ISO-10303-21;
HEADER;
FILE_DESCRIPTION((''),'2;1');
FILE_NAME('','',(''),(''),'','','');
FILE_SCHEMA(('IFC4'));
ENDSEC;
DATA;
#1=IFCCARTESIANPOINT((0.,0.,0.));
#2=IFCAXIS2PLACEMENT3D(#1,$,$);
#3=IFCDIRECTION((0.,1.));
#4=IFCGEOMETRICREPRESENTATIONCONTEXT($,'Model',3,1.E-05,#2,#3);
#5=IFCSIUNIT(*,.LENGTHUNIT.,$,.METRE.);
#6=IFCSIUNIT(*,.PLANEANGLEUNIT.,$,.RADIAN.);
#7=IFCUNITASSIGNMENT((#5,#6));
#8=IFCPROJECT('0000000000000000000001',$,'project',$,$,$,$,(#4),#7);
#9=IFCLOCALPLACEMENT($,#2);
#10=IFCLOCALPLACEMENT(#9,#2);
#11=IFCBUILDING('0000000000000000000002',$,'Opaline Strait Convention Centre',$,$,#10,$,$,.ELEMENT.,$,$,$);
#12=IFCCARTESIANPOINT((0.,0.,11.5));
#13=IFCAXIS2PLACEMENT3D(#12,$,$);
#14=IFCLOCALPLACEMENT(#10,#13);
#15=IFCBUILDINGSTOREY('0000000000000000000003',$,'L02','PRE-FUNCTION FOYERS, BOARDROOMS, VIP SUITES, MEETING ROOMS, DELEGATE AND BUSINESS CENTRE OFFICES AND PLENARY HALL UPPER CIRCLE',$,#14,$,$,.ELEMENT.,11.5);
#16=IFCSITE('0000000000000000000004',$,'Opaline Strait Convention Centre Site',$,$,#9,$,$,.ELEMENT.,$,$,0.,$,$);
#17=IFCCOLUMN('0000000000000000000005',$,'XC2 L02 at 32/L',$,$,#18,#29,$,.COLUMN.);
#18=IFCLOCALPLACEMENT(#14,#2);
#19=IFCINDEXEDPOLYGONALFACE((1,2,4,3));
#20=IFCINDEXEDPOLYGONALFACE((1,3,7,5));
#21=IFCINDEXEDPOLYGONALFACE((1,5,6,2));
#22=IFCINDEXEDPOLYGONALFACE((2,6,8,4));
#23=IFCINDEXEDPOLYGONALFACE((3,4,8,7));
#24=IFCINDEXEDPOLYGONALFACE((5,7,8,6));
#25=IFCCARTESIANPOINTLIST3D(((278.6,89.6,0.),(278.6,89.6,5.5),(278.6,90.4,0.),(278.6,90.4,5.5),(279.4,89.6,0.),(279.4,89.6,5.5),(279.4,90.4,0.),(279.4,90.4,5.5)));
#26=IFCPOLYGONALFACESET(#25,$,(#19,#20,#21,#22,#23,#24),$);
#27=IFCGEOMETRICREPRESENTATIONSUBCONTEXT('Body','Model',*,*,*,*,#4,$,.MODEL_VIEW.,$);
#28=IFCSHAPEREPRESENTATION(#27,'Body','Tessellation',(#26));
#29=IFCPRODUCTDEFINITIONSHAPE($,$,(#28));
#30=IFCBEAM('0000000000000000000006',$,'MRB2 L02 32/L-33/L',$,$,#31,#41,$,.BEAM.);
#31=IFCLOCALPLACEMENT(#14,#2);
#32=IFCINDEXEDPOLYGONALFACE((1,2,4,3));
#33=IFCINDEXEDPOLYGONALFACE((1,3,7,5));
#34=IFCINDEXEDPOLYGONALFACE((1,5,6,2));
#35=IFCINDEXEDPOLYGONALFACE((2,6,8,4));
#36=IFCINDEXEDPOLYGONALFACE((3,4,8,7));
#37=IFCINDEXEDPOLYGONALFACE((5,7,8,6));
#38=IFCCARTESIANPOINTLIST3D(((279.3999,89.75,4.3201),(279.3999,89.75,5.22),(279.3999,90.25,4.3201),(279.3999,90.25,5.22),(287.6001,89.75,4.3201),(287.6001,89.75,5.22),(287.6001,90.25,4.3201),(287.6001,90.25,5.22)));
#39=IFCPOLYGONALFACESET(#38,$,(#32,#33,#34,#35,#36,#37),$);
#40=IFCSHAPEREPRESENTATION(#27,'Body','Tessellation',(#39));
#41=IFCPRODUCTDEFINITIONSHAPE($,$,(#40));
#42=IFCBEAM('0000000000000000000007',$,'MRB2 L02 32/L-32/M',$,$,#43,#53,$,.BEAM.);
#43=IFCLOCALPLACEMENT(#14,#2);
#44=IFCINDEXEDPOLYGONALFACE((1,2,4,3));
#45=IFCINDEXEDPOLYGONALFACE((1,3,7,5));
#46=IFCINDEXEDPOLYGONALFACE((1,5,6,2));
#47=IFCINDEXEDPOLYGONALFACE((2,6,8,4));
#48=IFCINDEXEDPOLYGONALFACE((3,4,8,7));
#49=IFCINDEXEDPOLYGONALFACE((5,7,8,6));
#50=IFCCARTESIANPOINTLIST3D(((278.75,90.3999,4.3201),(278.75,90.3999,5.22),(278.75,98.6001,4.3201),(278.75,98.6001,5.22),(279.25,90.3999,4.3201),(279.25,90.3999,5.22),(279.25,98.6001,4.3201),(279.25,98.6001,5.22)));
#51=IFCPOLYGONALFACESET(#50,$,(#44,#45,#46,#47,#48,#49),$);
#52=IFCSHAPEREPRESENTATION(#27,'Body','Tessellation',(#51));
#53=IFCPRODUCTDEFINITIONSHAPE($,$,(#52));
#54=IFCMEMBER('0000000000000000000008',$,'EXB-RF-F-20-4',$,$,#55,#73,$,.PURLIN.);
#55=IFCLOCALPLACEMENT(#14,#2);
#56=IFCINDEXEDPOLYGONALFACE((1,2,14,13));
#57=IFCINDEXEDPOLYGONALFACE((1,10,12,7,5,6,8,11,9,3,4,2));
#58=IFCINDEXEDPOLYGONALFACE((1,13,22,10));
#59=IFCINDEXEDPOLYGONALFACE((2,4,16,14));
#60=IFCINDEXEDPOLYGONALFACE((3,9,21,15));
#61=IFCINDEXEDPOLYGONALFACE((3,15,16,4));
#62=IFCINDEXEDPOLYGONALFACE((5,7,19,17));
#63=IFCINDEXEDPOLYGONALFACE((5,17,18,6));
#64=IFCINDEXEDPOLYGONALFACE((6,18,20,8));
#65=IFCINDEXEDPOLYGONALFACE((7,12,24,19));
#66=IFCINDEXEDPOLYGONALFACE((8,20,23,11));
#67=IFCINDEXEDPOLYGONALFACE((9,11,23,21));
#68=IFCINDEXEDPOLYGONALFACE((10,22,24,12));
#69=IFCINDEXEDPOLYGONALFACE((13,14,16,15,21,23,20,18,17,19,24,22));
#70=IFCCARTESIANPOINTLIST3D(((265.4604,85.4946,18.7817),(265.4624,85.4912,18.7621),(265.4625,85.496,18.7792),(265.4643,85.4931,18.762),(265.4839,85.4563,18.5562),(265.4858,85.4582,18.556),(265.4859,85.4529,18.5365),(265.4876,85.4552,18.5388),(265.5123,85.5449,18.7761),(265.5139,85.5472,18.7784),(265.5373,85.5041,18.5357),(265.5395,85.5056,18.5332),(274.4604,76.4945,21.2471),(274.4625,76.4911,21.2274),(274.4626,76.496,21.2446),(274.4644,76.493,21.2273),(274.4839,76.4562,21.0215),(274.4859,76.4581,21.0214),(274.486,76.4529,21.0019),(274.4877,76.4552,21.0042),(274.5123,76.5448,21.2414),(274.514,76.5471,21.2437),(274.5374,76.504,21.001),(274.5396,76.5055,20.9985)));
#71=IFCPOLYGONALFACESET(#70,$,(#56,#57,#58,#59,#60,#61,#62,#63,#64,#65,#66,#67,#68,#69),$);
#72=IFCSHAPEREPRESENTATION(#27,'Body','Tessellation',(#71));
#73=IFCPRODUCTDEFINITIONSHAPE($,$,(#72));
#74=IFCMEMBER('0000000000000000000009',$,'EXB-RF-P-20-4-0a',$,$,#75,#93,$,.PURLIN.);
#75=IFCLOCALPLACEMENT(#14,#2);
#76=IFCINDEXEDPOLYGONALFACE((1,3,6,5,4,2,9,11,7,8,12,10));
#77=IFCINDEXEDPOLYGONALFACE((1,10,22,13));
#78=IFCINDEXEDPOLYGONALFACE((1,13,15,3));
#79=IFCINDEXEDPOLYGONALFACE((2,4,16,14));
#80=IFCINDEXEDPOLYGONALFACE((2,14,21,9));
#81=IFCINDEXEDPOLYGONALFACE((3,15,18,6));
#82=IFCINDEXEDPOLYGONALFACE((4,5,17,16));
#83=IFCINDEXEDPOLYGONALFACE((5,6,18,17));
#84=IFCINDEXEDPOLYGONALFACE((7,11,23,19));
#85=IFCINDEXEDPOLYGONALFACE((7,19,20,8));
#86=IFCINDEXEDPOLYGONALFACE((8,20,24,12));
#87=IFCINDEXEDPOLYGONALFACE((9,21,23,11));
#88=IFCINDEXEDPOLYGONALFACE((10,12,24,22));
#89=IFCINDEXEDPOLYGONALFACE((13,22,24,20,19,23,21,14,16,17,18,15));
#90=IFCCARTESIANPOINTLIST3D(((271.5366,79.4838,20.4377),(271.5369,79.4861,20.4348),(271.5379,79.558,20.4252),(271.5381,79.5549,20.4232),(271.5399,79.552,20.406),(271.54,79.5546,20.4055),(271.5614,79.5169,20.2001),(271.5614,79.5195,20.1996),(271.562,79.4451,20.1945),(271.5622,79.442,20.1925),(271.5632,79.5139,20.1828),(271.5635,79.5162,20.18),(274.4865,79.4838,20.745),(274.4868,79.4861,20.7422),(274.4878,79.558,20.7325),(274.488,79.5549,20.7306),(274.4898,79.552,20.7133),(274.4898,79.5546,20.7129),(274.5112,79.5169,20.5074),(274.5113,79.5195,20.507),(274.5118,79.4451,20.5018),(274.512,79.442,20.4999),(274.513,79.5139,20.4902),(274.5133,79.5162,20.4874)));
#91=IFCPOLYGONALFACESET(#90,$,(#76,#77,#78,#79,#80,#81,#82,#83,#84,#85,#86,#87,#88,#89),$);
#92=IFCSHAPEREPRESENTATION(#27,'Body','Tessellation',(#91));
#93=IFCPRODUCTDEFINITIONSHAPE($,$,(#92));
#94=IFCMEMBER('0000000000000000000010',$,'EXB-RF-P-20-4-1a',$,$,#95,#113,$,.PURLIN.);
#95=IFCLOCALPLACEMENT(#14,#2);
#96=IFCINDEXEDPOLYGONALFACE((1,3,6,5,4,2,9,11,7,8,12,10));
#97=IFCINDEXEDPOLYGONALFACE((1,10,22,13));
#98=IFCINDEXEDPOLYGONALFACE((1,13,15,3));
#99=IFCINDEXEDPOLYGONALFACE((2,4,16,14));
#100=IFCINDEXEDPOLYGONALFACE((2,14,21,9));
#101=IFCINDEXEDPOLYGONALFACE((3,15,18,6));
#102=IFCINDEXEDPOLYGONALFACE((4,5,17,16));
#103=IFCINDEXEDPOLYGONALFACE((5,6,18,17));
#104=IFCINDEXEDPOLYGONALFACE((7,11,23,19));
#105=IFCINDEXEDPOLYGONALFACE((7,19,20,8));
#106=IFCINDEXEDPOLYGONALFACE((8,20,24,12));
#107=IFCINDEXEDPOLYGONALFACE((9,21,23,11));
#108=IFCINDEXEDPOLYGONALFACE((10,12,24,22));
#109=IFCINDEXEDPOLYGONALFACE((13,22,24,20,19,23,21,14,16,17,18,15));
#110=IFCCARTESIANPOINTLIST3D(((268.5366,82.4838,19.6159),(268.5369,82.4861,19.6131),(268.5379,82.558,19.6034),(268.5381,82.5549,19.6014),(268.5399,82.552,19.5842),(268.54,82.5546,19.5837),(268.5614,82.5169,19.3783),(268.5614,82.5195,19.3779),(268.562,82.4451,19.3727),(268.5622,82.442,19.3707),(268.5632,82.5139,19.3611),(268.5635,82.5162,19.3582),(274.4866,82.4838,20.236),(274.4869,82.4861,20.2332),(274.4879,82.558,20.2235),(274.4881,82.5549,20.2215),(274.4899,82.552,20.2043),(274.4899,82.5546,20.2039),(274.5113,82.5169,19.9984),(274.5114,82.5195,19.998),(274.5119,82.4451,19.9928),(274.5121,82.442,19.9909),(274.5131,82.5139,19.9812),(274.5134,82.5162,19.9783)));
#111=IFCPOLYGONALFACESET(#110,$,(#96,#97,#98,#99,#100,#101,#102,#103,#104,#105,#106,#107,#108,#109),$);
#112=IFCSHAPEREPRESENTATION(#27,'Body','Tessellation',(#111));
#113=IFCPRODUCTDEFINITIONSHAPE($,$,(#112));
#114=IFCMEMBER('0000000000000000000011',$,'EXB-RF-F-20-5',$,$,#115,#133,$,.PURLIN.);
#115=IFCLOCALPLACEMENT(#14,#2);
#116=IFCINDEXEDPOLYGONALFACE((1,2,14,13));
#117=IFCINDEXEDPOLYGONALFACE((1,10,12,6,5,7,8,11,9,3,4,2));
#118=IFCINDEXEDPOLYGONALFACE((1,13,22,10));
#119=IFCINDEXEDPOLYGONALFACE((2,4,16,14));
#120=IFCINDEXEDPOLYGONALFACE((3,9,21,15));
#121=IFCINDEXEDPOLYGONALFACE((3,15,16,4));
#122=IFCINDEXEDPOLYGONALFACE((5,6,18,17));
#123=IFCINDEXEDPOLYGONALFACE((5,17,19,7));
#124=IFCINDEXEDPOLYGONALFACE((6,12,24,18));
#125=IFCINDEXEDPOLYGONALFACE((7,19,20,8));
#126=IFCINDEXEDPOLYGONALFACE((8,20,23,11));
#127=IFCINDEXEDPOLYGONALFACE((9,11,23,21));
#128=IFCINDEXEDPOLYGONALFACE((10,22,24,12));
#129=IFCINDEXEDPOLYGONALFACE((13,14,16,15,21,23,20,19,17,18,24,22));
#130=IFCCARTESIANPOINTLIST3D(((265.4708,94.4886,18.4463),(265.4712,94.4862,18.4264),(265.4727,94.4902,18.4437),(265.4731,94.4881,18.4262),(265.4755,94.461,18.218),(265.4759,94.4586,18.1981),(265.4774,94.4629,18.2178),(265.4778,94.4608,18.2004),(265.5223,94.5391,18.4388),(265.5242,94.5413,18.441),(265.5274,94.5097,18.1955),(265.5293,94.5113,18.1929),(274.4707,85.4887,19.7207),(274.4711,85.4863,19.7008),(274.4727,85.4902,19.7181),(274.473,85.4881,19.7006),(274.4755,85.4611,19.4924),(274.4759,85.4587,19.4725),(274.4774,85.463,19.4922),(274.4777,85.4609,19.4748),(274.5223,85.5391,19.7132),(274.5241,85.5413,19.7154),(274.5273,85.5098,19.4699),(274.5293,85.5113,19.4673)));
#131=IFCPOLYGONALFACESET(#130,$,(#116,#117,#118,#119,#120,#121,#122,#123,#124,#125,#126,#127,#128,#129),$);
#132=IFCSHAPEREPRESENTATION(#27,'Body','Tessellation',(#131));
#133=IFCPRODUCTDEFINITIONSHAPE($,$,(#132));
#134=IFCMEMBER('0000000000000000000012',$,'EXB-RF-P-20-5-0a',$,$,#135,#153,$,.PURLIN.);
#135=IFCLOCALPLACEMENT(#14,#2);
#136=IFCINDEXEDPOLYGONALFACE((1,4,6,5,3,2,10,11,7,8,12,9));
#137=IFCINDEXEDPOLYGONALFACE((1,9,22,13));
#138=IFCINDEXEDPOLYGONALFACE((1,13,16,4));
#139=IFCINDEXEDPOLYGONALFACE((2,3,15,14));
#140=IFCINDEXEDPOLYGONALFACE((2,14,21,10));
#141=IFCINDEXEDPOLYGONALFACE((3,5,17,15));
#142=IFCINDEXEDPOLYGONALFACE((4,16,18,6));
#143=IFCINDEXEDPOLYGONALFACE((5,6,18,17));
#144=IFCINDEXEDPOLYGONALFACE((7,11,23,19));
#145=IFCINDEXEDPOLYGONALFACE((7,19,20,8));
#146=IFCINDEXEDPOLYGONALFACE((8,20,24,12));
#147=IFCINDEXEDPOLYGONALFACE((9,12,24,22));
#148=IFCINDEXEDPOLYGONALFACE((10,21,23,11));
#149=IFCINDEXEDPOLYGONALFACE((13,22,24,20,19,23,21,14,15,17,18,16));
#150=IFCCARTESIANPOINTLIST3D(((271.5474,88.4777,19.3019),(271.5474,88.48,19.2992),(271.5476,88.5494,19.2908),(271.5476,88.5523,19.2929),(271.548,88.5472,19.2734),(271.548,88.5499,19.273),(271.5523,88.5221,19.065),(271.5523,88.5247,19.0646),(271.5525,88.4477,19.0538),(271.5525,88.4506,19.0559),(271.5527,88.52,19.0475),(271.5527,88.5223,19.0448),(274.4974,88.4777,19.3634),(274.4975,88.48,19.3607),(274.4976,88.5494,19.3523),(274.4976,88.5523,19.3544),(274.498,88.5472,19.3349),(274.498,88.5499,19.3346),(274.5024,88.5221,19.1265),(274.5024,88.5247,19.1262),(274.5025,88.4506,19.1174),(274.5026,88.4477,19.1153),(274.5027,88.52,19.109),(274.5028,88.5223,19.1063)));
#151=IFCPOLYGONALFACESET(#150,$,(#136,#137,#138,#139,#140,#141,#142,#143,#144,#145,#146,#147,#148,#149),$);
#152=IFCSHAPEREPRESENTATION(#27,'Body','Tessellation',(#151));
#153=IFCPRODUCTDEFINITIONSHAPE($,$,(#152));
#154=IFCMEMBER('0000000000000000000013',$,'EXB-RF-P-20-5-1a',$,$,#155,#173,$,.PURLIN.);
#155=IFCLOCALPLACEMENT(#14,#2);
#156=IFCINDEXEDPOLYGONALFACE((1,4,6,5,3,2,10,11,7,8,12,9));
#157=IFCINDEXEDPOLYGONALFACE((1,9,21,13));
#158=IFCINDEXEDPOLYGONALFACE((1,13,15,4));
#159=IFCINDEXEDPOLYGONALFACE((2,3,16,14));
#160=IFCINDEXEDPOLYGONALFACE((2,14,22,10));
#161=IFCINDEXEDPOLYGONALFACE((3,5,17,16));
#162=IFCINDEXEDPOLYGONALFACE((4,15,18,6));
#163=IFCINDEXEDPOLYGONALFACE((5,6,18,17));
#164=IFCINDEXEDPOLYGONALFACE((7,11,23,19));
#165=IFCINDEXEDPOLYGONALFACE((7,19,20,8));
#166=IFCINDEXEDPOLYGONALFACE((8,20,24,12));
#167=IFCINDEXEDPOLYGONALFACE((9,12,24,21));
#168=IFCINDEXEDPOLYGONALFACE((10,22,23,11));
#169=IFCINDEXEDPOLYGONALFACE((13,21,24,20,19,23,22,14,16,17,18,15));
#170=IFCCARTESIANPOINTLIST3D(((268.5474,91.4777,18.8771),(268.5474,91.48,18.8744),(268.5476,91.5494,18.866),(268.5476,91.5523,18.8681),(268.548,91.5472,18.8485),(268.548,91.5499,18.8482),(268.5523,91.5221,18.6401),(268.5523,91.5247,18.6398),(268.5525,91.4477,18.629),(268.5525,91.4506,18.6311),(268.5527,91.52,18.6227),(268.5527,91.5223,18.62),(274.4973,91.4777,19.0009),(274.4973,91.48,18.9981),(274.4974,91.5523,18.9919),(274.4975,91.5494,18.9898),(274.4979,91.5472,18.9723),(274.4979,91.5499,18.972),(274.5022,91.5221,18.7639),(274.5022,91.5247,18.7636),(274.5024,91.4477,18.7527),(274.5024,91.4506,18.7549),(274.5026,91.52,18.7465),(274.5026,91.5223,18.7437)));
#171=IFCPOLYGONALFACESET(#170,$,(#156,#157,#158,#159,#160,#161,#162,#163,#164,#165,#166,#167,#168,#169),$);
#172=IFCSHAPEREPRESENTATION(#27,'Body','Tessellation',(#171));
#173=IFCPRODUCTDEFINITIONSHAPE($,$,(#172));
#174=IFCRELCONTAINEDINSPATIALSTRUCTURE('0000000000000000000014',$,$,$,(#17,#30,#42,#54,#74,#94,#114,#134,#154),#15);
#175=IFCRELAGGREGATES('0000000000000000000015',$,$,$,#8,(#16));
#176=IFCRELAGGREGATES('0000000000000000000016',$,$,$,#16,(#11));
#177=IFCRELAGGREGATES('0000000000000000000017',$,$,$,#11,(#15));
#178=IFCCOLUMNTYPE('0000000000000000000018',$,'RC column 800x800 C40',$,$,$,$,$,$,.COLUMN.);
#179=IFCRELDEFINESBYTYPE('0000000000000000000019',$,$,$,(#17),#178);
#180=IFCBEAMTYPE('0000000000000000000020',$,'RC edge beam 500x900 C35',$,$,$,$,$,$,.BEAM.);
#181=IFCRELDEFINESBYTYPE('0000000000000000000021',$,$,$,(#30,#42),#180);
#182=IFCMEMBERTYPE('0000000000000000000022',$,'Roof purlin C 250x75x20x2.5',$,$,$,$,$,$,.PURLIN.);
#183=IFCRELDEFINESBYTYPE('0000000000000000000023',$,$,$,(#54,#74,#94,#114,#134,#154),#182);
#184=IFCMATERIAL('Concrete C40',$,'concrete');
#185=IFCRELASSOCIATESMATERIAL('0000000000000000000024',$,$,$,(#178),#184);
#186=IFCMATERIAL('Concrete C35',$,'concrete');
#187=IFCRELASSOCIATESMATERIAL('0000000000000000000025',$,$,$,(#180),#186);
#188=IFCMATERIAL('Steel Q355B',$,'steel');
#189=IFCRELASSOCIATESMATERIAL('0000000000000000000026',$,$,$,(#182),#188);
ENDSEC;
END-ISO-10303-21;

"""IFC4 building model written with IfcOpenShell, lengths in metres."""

from ifc_helpers import new_model, si_unit, direction, frame, origin, origin_2d, place, context, subcontext, project, spatial, polyline, rectangle, outline, extrude, material, material_profile, profile_set, type_object, element, save


model = new_model("IFC4")

# Units and contexts
model_context = context("Model", 3, precision=1e-05, world=origin(), true_north=direction((0.0, 1.0)))
body_context = subcontext(model_context, "Body", "Model", "MODEL_VIEW")
ifc_project = project(units=[si_unit("LENGTHUNIT", "METRE"), si_unit("PLANEANGLEUNIT", "RADIAN")], contexts=[model_context])

# Site, building, storey
site_placement = place(None, origin())
site = spatial("IfcSite", under=ifc_project, at=site_placement, Name="Opaline Strait Convention Centre Site", CompositionType="ELEMENT", RefElevation=0.0)
building_placement = place(site_placement, origin())
building = spatial("IfcBuilding", under=site, at=building_placement, Name="Opaline Strait Convention Centre", CompositionType="ELEMENT")
storey_placement = place(building_placement, frame((0.0, 0.0, 11.5)))
storey = spatial("IfcBuildingStorey", under=building, at=storey_placement, Name="L02", Description="PRE-FUNCTION FOYERS, BOARDROOMS, VIP SUITES, MEETING ROOMS, DELEGATE AND BUSINESS CENTRE OFFICES AND PLENARY HALL UPPER CIRCLE", CompositionType="ELEMENT", Elevation=11.5)

# Column
ifc_material_1 = material(Name="Concrete C40", Category="concrete")
ifc_material_profile_1 = material_profile(ifc_material_1, rectangle(XDim=0.8, YDim=0.8, at=origin_2d()), Name="RC 800x800")
ifc_profile_set_1 = profile_set([ifc_material_profile_1], Name="Concrete C40")
column_type = type_object("IfcColumnType", Name="RC column 800x800 C40", PredefinedType="COLUMN", material=ifc_profile_set_1)
column_placement = place(storey_placement, frame((279.0, 90.0, 0.0), z_axis=(0.0, 0.0, 1.0), x_axis=(1.0, 0.0, 0.0)))
element("IfcColumn", 1, at=column_placement, inside=storey, type_object=column_type, Name="XC2 L02 at 32/L", PredefinedType="COLUMN", context=body_context, shape_type="SweptSolid", body=[
    extrude(rectangle(XDim=0.8, YDim=0.8, at=origin_2d()), origin(), (0.0, 0.0, 1.0), 5.5),
])

# Beams
ifc_material_2 = material(Name="Concrete C35", Category="concrete")
ifc_material_profile_2 = material_profile(ifc_material_2, rectangle(XDim=0.5, YDim=0.8999, at=origin_2d()), Name="RC 500x900")
ifc_profile_set_2 = profile_set([ifc_material_profile_2], Name="Concrete C35")
beam_type = type_object("IfcBeamType", Name="RC edge beam 500x900 C35", PredefinedType="BEAM", material=ifc_profile_set_2)
for number, where, z_axis, x_axis, name in (
    (2, (279.3999, 90.0, 4.77), (1.0, 0.0, 0.0), (0.0, 1.0, 0.0), "MRB2 L02 32/L-33/L"),
    (3, (279.0, 90.3999, 4.77), (0.0, 1.0, 0.0), (-1.0, 0.0, 0.0), "MRB2 L02 32/L-32/M"),
):
    element("IfcBeam", number, at=place(storey_placement, frame(where, z_axis=z_axis, x_axis=x_axis)), inside=storey, type_object=beam_type, Name=name, PredefinedType="BEAM", context=body_context, shape_type="SweptSolid", body=[
        extrude(rectangle(XDim=0.5, YDim=0.8999, at=origin_2d()), origin(), (0.0, 0.0, 1.0), 8.2002),
    ])

# Members
ifc_material_3 = material(Name="Steel Q355B", Category="steel")
ifc_material_profile_3 = material_profile(ifc_material_3, outline(polyline([(-0.0376, -0.125), (0.0376, -0.125), (0.0376, -0.105), (0.0349, -0.105), (0.0349, -0.1226), (-0.0349, -0.1226), (-0.0349, 0.1226), (0.0349, 0.1226), (0.0349, 0.105), (0.0376, 0.105), (0.0376, 0.125), (-0.0376, 0.125), (-0.0376, -0.125)])), Name="C 250x75x20x2.5")
ifc_profile_set_3 = profile_set([ifc_material_profile_3], Name="Steel Q355B")
member_type_1 = type_object("IfcMemberType", Name="Roof purlin C 250x75x20x2.5", PredefinedType="PURLIN", material=ifc_profile_set_3)
member_1_placement = place(storey_placement, frame((274.5, 76.5, 21.1228), z_axis=(-0.694204, 0.694204, -0.19016), x_axis=(-0.712484, -0.700271, 0.044585)))
element("IfcMember", 4, at=member_1_placement, inside=storey, type_object=member_type_1, Name="EXB-RF-F-20-4", PredefinedType="PURLIN", context=body_context, shape_type="SweptSolid", body=[
    extrude(outline(polyline([(-0.0376, -0.125), (0.0376, -0.125), (0.0376, -0.105), (0.0349, -0.105), (0.0349, -0.1226), (-0.0349, -0.1226), (-0.0349, 0.1226), (0.0349, 0.1226), (0.0349, 0.105), (0.0376, 0.105), (0.0376, 0.125), (-0.0376, 0.125), (-0.0376, -0.125)])), origin(), (0.0, 0.0, 1.0), 12.9646),
])
member_2_placement = place(storey_placement, frame((271.55, 79.5, 20.3088), z_axis=(0.994615, 0.0, 0.103635), x_axis=(0.01734, 0.985904, -0.166413)))
element("IfcMember", 5, at=member_2_placement, inside=storey, type_object=member_type_1, Name="EXB-RF-P-20-4-0a", PredefinedType="PURLIN", context=body_context, shape_type="SweptSolid", body=[
    extrude(outline(polyline([(-0.0376, -0.125), (0.0376, -0.125), (0.0376, -0.105), (0.0349, -0.105), (0.0349, -0.1226), (-0.0349, -0.1226), (-0.0349, 0.1226), (0.0349, 0.1226), (0.0349, 0.105), (0.0376, 0.105), (0.0376, 0.125), (-0.0376, 0.125), (-0.0376, -0.125)])), origin(), (0.0, 0.0, 1.0), 2.9658),
])
member_3_placement = place(storey_placement, frame((268.55, 82.5, 19.4871), z_axis=(0.994613, 0.0, 0.103661), x_axis=(0.017344, 0.985904, -0.166413)))
element("IfcMember", 6, at=member_3_placement, inside=storey, type_object=member_type_1, Name="EXB-RF-P-20-4-1a", PredefinedType="PURLIN", context=body_context, shape_type="SweptSolid", body=[
    extrude(outline(polyline([(-0.0376, -0.125), (0.0376, -0.125), (0.0376, -0.105), (0.0349, -0.105), (0.0349, -0.1226), (-0.0349, -0.1226), (-0.0349, 0.1226), (0.0349, 0.1226), (0.0349, 0.105), (0.0376, 0.105), (0.0376, 0.125), (-0.0376, 0.125), (-0.0376, -0.125)])), origin(), (0.0, 0.0, 1.0), 5.9822),
])
member_4_placement = place(storey_placement, frame((274.5, 85.5, 19.594), z_axis=(-0.703589, 0.703589, -0.099629), x_axis=(-0.710307, -0.700419, 0.069829)))
element("IfcMember", 7, at=member_4_placement, inside=storey, type_object=member_type_1, Name="EXB-RF-F-20-5", PredefinedType="PURLIN", context=body_context, shape_type="SweptSolid", body=[
    extrude(outline(polyline([(-0.0376, -0.125), (0.0376, -0.125), (0.0376, -0.105), (0.0349, -0.105), (0.0349, -0.1226), (-0.0349, -0.1226), (-0.0349, 0.1226), (0.0349, 0.1226), (0.0349, 0.105), (0.0376, 0.105), (0.0376, 0.125), (-0.0376, 0.125), (-0.0376, -0.125)])), origin(), (0.0, 0.0, 1.0), 12.7915),
])
member_5_placement = place(storey_placement, frame((271.55, 88.5, 19.1733), z_axis=(0.999783, 0.0, 0.020851), x_axis=(0.002501, 0.992783, -0.119896)))
element("IfcMember", 8, at=member_5_placement, inside=storey, type_object=member_type_1, Name="EXB-RF-P-20-5-0a", PredefinedType="PURLIN", context=body_context, shape_type="SweptSolid", body=[
    extrude(outline(polyline([(-0.0376, -0.125), (0.0376, -0.125), (0.0376, -0.105), (0.0349, -0.105), (0.0349, -0.1226), (-0.0349, -0.1226), (-0.0349, 0.1226), (0.0349, 0.1226), (0.0349, 0.105), (0.0376, 0.105), (0.0376, 0.125), (-0.0376, 0.125), (-0.0376, -0.125)])), origin(), (0.0, 0.0, 1.0), 2.9507),
])
member_6_placement = place(storey_placement, frame((268.55, 91.5, 18.7485), z_axis=(0.999784, 0.0, 0.020799), x_axis=(0.002494, 0.992783, -0.119896)))
element("IfcMember", 9, at=member_6_placement, inside=storey, type_object=member_type_1, Name="EXB-RF-P-20-5-1a", PredefinedType="PURLIN", context=body_context, shape_type="SweptSolid", body=[
    extrude(outline(polyline([(-0.0376, -0.125), (0.0376, -0.125), (0.0376, -0.105), (0.0349, -0.105), (0.0349, -0.1226), (-0.0349, -0.1226), (-0.0349, 0.1226), (0.0349, 0.1226), (0.0349, 0.105), (0.0376, 0.105), (0.0376, 0.125), (-0.0376, 0.125), (-0.0376, -0.125)])), origin(), (0.0, 0.0, 1.0), 5.9512),
])

save(model, "model.ifc")
